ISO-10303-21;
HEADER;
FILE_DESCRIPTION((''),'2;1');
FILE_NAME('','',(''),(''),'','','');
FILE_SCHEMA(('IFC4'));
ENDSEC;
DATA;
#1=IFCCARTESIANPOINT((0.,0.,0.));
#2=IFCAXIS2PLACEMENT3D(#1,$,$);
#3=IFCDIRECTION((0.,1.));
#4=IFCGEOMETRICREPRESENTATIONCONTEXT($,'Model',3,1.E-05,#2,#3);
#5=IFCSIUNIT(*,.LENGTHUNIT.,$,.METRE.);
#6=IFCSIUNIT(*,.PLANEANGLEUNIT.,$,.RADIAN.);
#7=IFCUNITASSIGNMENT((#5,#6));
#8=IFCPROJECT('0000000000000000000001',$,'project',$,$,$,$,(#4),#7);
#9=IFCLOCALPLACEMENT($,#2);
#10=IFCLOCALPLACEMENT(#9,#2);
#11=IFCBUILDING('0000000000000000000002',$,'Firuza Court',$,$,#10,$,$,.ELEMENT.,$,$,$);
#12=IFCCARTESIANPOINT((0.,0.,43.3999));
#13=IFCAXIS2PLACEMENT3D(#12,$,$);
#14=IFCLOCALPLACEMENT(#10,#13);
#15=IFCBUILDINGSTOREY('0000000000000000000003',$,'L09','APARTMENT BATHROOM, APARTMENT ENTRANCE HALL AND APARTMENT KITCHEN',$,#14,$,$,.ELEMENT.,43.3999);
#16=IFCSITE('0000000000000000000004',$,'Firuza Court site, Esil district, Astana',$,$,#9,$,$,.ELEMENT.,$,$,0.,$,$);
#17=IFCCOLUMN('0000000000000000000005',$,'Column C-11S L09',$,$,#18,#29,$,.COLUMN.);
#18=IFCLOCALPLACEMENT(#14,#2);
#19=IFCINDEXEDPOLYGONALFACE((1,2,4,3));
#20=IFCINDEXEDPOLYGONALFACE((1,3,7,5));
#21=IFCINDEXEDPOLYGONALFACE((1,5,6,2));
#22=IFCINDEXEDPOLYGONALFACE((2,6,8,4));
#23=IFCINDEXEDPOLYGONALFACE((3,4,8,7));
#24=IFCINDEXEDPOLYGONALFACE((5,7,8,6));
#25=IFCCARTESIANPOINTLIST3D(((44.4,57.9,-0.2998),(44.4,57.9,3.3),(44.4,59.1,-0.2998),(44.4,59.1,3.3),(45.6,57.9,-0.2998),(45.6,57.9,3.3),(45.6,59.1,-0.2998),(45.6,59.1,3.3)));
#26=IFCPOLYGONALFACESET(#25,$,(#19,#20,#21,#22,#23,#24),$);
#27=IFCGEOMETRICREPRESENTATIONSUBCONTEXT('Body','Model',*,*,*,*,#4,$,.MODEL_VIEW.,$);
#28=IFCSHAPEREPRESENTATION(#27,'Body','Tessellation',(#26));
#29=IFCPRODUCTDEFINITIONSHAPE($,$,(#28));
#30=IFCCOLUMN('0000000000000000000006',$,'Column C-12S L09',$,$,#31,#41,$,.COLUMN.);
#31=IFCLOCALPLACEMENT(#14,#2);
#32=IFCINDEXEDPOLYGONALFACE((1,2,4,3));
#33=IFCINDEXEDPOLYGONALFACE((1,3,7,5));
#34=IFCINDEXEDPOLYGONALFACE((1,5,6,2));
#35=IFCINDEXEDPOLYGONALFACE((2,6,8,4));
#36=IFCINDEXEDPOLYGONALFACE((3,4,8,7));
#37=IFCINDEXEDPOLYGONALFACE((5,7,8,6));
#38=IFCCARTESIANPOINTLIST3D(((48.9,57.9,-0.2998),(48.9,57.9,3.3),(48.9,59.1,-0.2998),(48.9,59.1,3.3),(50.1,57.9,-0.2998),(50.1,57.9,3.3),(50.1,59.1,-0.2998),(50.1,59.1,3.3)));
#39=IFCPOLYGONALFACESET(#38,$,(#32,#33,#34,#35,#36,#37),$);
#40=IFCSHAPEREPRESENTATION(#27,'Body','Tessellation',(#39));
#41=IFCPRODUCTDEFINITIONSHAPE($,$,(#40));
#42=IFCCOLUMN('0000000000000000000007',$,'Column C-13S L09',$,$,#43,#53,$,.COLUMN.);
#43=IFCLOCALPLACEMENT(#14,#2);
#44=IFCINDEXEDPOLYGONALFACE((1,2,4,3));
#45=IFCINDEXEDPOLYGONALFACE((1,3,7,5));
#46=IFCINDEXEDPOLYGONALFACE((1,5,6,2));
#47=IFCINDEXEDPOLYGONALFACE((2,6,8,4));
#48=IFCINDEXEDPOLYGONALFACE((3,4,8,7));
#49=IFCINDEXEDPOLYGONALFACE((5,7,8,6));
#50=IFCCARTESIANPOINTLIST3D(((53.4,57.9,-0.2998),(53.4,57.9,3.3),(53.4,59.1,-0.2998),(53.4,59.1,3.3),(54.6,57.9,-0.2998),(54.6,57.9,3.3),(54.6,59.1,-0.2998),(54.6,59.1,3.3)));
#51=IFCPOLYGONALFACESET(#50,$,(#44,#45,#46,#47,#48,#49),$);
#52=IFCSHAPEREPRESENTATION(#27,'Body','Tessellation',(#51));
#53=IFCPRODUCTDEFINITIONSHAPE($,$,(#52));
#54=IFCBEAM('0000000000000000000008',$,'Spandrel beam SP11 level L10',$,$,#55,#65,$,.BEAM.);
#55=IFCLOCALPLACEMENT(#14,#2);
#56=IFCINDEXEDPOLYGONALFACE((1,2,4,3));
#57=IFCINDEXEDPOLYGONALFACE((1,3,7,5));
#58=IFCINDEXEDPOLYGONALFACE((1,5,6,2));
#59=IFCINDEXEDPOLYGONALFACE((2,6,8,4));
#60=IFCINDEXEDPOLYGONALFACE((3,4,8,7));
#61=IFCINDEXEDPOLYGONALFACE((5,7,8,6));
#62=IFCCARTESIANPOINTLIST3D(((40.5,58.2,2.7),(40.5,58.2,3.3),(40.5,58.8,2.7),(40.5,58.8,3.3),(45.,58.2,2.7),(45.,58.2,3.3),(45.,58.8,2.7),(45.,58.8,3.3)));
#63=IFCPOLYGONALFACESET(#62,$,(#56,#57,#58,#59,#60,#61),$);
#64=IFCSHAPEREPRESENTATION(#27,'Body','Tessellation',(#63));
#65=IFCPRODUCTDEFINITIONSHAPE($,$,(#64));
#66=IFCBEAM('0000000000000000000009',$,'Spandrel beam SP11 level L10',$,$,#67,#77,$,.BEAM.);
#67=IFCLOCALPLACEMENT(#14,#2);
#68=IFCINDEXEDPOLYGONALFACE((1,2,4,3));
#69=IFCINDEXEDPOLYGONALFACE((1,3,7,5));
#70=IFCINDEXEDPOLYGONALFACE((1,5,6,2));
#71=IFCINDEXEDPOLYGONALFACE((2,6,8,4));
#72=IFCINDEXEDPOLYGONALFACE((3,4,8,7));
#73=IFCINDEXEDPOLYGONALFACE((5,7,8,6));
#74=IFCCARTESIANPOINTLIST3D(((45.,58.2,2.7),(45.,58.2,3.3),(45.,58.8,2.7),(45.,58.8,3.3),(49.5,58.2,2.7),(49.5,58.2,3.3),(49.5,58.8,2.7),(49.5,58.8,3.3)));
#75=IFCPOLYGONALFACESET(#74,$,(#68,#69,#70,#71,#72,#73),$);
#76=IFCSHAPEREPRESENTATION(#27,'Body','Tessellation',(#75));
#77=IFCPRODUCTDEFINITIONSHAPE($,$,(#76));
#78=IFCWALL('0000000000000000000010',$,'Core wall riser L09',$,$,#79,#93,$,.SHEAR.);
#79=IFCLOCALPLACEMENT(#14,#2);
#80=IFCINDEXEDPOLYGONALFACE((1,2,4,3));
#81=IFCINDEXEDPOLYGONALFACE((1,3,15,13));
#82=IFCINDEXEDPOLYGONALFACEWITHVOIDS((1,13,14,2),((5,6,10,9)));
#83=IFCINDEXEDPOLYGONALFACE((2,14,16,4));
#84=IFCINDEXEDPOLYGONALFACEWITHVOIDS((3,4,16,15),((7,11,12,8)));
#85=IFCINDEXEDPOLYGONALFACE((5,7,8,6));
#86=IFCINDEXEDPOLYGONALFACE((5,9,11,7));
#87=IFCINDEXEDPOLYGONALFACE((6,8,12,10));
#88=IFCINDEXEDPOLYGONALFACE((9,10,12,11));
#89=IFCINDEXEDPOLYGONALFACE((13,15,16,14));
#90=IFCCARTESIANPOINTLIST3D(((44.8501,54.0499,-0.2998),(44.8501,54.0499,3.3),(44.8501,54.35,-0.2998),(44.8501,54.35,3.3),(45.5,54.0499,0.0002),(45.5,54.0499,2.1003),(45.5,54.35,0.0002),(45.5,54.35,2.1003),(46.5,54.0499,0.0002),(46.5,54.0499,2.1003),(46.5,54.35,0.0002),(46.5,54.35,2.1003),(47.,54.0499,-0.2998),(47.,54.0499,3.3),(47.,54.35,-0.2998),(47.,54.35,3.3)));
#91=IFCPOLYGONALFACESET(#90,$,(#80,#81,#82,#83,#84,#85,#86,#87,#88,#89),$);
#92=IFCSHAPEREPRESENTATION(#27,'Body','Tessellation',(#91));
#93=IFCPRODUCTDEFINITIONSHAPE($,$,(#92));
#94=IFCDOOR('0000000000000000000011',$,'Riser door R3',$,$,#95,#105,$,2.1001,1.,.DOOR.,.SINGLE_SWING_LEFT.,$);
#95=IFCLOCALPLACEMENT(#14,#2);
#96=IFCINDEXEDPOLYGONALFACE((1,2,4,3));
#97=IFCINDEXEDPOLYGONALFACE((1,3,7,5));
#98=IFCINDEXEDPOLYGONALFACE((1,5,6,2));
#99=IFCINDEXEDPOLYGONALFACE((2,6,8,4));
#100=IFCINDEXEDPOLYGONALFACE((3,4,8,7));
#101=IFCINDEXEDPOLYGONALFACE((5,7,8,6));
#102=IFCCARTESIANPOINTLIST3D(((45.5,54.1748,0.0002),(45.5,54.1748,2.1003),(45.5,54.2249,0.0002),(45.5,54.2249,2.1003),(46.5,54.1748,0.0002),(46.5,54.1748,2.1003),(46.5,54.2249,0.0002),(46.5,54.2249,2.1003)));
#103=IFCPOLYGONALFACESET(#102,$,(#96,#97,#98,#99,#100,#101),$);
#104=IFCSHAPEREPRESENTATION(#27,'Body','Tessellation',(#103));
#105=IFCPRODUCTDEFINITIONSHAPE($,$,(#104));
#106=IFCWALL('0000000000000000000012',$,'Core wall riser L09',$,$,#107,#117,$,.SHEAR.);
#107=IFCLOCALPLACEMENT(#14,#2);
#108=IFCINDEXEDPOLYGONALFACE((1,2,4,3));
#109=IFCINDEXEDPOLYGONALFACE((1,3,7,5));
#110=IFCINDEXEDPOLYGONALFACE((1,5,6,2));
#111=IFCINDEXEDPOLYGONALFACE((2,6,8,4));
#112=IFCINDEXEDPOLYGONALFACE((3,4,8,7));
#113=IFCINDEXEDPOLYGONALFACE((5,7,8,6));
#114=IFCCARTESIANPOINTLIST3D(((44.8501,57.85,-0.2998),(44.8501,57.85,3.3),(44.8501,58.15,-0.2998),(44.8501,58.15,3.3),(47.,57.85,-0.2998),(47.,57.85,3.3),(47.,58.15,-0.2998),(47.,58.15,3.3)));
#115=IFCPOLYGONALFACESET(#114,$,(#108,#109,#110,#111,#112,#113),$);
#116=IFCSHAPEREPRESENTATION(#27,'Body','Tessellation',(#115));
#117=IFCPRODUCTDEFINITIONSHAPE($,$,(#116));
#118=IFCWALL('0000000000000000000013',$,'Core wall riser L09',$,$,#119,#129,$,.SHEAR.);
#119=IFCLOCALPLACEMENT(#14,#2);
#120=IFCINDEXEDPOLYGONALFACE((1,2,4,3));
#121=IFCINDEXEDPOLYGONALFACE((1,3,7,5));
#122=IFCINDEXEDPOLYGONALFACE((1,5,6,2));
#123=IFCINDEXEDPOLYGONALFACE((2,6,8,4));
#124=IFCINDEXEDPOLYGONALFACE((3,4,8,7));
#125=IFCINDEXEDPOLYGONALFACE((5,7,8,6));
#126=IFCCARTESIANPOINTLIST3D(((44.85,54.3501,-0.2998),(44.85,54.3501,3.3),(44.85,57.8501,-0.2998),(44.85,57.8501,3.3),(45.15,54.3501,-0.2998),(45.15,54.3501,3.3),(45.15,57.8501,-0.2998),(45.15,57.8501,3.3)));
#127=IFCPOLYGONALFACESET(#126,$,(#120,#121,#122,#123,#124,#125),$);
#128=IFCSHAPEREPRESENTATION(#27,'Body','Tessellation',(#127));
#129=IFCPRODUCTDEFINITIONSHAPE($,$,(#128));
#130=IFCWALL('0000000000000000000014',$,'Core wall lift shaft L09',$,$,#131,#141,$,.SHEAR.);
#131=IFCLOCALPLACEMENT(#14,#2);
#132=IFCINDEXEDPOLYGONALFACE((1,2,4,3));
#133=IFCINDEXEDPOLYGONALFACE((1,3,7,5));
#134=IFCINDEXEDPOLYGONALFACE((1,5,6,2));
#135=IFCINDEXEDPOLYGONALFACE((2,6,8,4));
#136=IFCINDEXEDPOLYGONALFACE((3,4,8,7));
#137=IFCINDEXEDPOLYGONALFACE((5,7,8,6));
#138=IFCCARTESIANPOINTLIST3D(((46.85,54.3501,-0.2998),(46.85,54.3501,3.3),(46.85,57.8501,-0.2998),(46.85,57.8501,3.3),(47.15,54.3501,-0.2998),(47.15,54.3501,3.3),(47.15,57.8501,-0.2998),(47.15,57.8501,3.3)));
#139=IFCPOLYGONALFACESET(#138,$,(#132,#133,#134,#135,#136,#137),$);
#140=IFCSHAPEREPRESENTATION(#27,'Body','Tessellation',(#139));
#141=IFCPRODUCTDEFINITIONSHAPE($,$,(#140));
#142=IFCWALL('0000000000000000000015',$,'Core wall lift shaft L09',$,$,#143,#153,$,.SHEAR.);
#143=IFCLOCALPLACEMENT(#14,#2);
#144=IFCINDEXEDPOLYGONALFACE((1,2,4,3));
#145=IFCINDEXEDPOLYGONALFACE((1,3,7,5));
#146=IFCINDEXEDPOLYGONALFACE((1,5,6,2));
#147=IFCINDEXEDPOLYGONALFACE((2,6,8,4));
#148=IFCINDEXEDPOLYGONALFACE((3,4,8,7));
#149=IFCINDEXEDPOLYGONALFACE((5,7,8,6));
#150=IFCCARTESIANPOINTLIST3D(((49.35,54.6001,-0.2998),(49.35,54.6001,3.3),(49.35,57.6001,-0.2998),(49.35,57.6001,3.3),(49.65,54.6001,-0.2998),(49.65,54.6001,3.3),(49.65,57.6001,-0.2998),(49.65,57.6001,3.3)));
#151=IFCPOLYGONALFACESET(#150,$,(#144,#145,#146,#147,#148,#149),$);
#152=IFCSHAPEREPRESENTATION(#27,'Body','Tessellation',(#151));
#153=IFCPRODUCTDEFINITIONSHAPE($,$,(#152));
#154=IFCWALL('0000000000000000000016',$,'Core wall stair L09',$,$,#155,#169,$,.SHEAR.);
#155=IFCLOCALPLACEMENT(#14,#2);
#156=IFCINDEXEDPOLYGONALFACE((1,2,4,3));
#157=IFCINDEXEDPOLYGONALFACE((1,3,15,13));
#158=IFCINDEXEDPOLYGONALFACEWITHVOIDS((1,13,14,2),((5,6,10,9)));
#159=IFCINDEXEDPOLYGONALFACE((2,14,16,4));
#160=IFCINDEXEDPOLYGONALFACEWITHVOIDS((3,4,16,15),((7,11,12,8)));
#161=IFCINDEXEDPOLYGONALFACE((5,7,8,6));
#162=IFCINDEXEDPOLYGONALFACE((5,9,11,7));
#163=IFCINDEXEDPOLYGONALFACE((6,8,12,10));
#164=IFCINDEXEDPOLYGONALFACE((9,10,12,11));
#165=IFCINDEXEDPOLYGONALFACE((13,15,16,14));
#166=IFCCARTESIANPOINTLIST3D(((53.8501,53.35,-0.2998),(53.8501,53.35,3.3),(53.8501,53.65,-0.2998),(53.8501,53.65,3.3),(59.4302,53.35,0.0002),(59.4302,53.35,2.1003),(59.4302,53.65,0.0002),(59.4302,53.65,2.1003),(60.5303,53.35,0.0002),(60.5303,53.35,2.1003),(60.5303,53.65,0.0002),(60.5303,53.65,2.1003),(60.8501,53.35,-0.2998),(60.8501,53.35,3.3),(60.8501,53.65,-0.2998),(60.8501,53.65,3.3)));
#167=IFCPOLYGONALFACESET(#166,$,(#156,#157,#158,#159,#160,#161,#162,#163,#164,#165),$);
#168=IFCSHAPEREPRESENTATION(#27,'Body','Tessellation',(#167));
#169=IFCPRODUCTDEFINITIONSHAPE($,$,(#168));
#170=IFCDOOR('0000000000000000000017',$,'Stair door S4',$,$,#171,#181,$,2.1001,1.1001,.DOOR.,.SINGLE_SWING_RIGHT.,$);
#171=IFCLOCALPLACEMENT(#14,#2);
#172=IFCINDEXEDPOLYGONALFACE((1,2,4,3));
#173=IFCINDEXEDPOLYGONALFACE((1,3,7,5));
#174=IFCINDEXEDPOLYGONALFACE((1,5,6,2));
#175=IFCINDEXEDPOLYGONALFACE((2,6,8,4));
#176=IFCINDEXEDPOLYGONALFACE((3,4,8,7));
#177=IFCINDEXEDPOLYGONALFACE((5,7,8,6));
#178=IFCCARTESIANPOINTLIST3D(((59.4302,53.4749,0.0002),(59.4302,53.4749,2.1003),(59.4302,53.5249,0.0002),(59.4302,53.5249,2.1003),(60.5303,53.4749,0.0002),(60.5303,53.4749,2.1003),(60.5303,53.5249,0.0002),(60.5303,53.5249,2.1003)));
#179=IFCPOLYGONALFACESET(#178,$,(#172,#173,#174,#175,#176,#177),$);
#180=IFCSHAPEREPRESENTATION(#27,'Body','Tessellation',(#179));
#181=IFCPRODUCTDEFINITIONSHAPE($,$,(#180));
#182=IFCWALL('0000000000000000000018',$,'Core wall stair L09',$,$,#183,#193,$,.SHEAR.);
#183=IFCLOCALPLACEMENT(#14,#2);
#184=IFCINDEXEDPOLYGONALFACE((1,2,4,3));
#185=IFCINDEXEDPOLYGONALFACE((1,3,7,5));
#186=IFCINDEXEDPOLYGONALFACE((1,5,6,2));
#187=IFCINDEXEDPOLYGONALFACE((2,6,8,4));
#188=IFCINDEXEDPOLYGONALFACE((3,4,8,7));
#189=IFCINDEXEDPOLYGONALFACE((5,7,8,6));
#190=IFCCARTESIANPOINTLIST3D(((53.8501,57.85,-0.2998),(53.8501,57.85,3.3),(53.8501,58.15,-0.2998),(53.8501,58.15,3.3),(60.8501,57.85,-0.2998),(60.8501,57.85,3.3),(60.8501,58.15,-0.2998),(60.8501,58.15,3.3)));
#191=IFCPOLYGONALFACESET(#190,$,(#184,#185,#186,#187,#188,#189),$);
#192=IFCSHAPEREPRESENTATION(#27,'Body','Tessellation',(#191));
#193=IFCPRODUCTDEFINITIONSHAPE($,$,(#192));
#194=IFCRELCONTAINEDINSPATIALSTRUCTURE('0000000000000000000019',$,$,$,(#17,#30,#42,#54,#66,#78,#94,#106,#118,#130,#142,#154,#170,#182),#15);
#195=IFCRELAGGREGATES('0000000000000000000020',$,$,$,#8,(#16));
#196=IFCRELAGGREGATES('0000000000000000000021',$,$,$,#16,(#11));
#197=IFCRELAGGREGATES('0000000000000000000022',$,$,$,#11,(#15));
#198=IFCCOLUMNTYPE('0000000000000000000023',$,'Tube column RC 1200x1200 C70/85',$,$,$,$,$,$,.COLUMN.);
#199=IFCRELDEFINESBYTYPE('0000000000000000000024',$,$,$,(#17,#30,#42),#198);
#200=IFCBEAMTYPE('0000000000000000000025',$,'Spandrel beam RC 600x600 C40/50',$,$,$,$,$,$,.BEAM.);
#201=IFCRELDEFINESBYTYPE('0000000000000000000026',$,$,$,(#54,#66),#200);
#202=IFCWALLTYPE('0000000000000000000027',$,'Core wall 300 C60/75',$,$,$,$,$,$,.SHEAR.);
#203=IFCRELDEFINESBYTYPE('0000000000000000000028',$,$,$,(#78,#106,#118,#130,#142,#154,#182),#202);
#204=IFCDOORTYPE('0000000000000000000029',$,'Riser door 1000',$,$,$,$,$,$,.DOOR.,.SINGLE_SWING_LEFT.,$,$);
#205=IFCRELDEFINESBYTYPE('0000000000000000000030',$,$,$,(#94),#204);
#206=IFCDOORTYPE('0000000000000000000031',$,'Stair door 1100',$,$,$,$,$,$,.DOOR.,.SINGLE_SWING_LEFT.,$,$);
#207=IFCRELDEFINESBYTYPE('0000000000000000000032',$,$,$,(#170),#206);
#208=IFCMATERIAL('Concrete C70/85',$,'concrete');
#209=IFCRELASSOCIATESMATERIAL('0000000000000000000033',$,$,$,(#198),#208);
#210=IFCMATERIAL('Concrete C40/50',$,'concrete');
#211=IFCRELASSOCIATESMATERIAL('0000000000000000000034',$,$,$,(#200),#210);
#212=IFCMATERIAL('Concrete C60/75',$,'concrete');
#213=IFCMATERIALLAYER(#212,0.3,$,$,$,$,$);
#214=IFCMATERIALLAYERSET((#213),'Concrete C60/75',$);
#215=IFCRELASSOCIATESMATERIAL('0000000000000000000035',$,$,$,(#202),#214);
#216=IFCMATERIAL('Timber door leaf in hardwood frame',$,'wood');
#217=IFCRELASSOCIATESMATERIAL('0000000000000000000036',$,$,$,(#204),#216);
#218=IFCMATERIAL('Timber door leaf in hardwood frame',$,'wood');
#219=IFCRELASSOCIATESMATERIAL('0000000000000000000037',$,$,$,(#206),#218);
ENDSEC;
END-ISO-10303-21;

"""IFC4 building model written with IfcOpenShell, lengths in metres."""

from ifc_helpers import new_model, si_unit, direction, frame, frame_2d, origin, origin_2d, place, context, subcontext, project, spatial, rectangle, extrude, material, layer, layer_set, material_profile, profile_set, type_object, element, fill, save


model = new_model("IFC4")

# Units and contexts
model_context = context("Model", 3, precision=1e-05, world=origin(), true_north=direction((0.0, 1.0)))
body_context = subcontext(model_context, "Body", "Model", "MODEL_VIEW")
ifc_project = project(units=[si_unit("LENGTHUNIT", "METRE"), si_unit("PLANEANGLEUNIT", "RADIAN")], contexts=[model_context])

# Site, building, storey
site_placement = place(None, origin())
site = spatial("IfcSite", under=ifc_project, at=site_placement, Name="Firuza Court site, Esil district, Astana", CompositionType="ELEMENT", RefElevation=0.0)
building_placement = place(site_placement, origin())
building = spatial("IfcBuilding", under=site, at=building_placement, Name="Firuza Court", CompositionType="ELEMENT")
storey_placement = place(building_placement, frame((0.0, 0.0, 43.3999)))
storey = spatial("IfcBuildingStorey", under=building, at=storey_placement, Name="L09", Description="APARTMENT BATHROOM, APARTMENT ENTRANCE HALL AND APARTMENT KITCHEN", CompositionType="ELEMENT", Elevation=43.3999)

# Columns
ifc_material_1 = material(Name="Concrete C70/85", Category="concrete")
ifc_material_profile_1 = material_profile(ifc_material_1, rectangle(XDim=1.2, YDim=1.2, at=origin_2d()), Name="RC 1200x1200")
ifc_profile_set_1 = profile_set([ifc_material_profile_1], Name="Concrete C70/85")
column_type = type_object("IfcColumnType", Name="Tube column RC 1200x1200 C70/85", PredefinedType="COLUMN", material=ifc_profile_set_1)
for number, where, z_axis, x_axis, name in (
    (1, (45.0, 58.5, -0.2998), (0.0, 0.0, 1.0), (1.0, 0.0, 0.0), "Column C-11S L09"),
    (2, (49.5, 58.5, -0.2998), (0.0, 0.0, 1.0), (1.0, 0.0, 0.0), "Column C-12S L09"),
    (3, (54.0, 58.5, -0.2998), (0.0, 0.0, 1.0), (1.0, 0.0, 0.0), "Column C-13S L09"),
):
    element("IfcColumn", number, at=place(storey_placement, frame(where, z_axis=z_axis, x_axis=x_axis)), inside=storey, type_object=column_type, Name=name, PredefinedType="COLUMN", context=body_context, shape_type="SweptSolid", body=[
        extrude(rectangle(XDim=1.2, YDim=1.2, at=origin_2d()), origin(), (0.0, 0.0, 1.0), 3.5999),
    ])

# Beams
ifc_material_2 = material(Name="Concrete C40/50", Category="concrete")
ifc_material_profile_2 = material_profile(ifc_material_2, rectangle(XDim=0.6001, YDim=0.6001, at=origin_2d()), Name="RC 600x600")
ifc_profile_set_2 = profile_set([ifc_material_profile_2], Name="Concrete C40/50")
beam_type = type_object("IfcBeamType", Name="Spandrel beam RC 600x600 C40/50", PredefinedType="BEAM", material=ifc_profile_set_2)
for number, where, z_axis, x_axis, name in (
    (4, (45.0, 58.5, 3.0), (-1.0, 0.0, 0.0), (0.0, -1.0, 0.0), "Spandrel beam SP11 level L10"),
    (5, (49.5, 58.5, 3.0), (-1.0, 0.0, 0.0), (0.0, -1.0, 0.0), "Spandrel beam SP11 level L10"),
):
    element("IfcBeam", number, at=place(storey_placement, frame(where, z_axis=z_axis, x_axis=x_axis)), inside=storey, type_object=beam_type, Name=name, PredefinedType="BEAM", context=body_context, shape_type="SweptSolid", body=[
        extrude(rectangle(XDim=0.6001, YDim=0.6001, at=origin_2d()), origin(), (0.0, 0.0, 1.0), 4.5),
    ])

# Wall, opening, door
ifc_material_3 = material(Name="Concrete C60/75", Category="concrete")
ifc_layer_1 = layer(ifc_material_3, 0.3)
ifc_layer_set_1 = layer_set([ifc_layer_1], Name="Concrete C60/75")
wall_type_1 = type_object("IfcWallType", Name="Core wall 300 C60/75", PredefinedType="SHEAR", material=ifc_layer_set_1)
wall_1_placement = place(storey_placement, frame((44.8501, 54.2, -0.2998), z_axis=(0.0, 0.0, 1.0), x_axis=(1.0, 0.0, 0.0)))
wall_1 = element("IfcWall", 6, at=wall_1_placement, inside=storey, type_object=wall_type_1, Name="Core wall riser L09", PredefinedType="SHEAR", context=body_context, shape_type="SweptSolid", body=[
    extrude(rectangle(XDim=2.1499, YDim=0.3, at=frame_2d((1.075, 0.0))), origin(), (0.0, 0.0, 1.0), 3.5999),
])
opening_1_placement = place(wall_1_placement, frame((0.6499, 0.0, 0.3)))
opening_1 = element("IfcOpeningElement", 7, at=opening_1_placement, cuts=wall_1, PredefinedType="OPENING", context=body_context, shape_type="SweptSolid", body=[
    extrude(rectangle(XDim=1.0, YDim=2.1001, at=frame_2d((0.5, 1.05))), frame((0.0, 0.1621, 0.0), z_axis=(0.0, -1.0, 0.0), x_axis=(1.0, 0.0, 0.0)), (0.0, 0.0, 1.0), 0.324),
])
ifc_material_4 = material(Name="Timber door leaf in hardwood frame", Category="wood")
door_type_1 = type_object("IfcDoorType", Name="Riser door 1000", OperationType="SINGLE_SWING_LEFT", PredefinedType="DOOR", material=ifc_material_4)
door_1_placement = place(opening_1_placement, origin())
door_1 = element("IfcDoor", 8, at=door_1_placement, inside=storey, type_object=door_type_1, Name="Riser door R3", OperationType="SINGLE_SWING_LEFT", OverallHeight=2.1001, OverallWidth=1.0, PredefinedType="DOOR", context=body_context, shape_type="SweptSolid", body=[
    extrude(rectangle(XDim=1.0, YDim=2.1001, at=frame_2d((0.5, 1.05))), frame((0.0, 0.0249, 0.0), z_axis=(0.0, -1.0, 0.0), x_axis=(1.0, 0.0, 0.0)), (0.0, 0.0, 1.0), 0.05),
])
fill(opening_1, door_1)

# Walls
wall_2_placement = place(storey_placement, frame((44.8501, 58.0, -0.2998), z_axis=(0.0, 0.0, 1.0), x_axis=(1.0, 0.0, 0.0)))
element("IfcWall", 9, at=wall_2_placement, inside=storey, type_object=wall_type_1, Name="Core wall riser L09", PredefinedType="SHEAR", context=body_context, shape_type="SweptSolid", body=[
    extrude(rectangle(XDim=2.1499, YDim=0.3, at=frame_2d((1.075, 0.0))), origin(), (0.0, 0.0, 1.0), 3.5999),
])
for number, where, z_axis, x_axis, name in (
    (10, (45.0, 54.3501, -0.2998), (0.0, 0.0, 1.0), (0.0, 1.0, 0.0), "Core wall riser L09"),
    (11, (47.0, 54.3501, -0.2998), (0.0, 0.0, 1.0), (0.0, 1.0, 0.0), "Core wall lift shaft L09"),
):
    element("IfcWall", number, at=place(storey_placement, frame(where, z_axis=z_axis, x_axis=x_axis)), inside=storey, type_object=wall_type_1, Name=name, PredefinedType="SHEAR", context=body_context, shape_type="SweptSolid", body=[
        extrude(rectangle(XDim=3.5, YDim=0.3, at=frame_2d((1.75, 0.0))), origin(), (0.0, 0.0, 1.0), 3.5999),
    ])
wall_3_placement = place(storey_placement, frame((49.5, 54.6001, -0.2998), z_axis=(0.0, 0.0, 1.0), x_axis=(0.0, 1.0, 0.0)))
element("IfcWall", 12, at=wall_3_placement, inside=storey, type_object=wall_type_1, Name="Core wall lift shaft L09", PredefinedType="SHEAR", context=body_context, shape_type="SweptSolid", body=[
    extrude(rectangle(XDim=3.0, YDim=0.3, at=frame_2d((1.5, 0.0))), origin(), (0.0, 0.0, 1.0), 3.5999),
])

# Wall, opening, door
wall_4_placement = place(storey_placement, frame((53.8501, 53.5, -0.2998), z_axis=(0.0, 0.0, 1.0), x_axis=(1.0, 0.0, 0.0)))
wall_4 = element("IfcWall", 13, at=wall_4_placement, inside=storey, type_object=wall_type_1, Name="Core wall stair L09", PredefinedType="SHEAR", context=body_context, shape_type="SweptSolid", body=[
    extrude(rectangle(XDim=7.0, YDim=0.3, at=frame_2d((3.5, 0.0))), origin(), (0.0, 0.0, 1.0), 3.5999),
])
opening_2_placement = place(wall_4_placement, frame((5.5801, 0.0, 0.3)))
opening_2 = element("IfcOpeningElement", 14, at=opening_2_placement, cuts=wall_4, PredefinedType="OPENING", context=body_context, shape_type="SweptSolid", body=[
    extrude(rectangle(XDim=1.1001, YDim=2.1001, at=frame_2d((0.55, 1.05))), frame((0.0, 0.1621, 0.0), z_axis=(0.0, -1.0, 0.0), x_axis=(1.0, 0.0, 0.0)), (0.0, 0.0, 1.0), 0.324),
])
ifc_material_5 = material(Name="Timber door leaf in hardwood frame", Category="wood")
door_type_2 = type_object("IfcDoorType", Name="Stair door 1100", OperationType="SINGLE_SWING_LEFT", PredefinedType="DOOR", material=ifc_material_5)
door_2_placement = place(opening_2_placement, origin())
door_2 = element("IfcDoor", 15, at=door_2_placement, inside=storey, type_object=door_type_2, Name="Stair door S4", OperationType="SINGLE_SWING_RIGHT", OverallHeight=2.1001, OverallWidth=1.1001, PredefinedType="DOOR", context=body_context, shape_type="SweptSolid", body=[
    extrude(rectangle(XDim=1.1001, YDim=2.1001, at=frame_2d((0.55, 1.05))), frame((0.0, 0.0249, 0.0), z_axis=(0.0, -1.0, 0.0), x_axis=(1.0, 0.0, 0.0)), (0.0, 0.0, 1.0), 0.05),
])
fill(opening_2, door_2)

# Wall
wall_5_placement = place(storey_placement, frame((53.8501, 58.0, -0.2998), z_axis=(0.0, 0.0, 1.0), x_axis=(1.0, 0.0, 0.0)))
element("IfcWall", 16, at=wall_5_placement, inside=storey, type_object=wall_type_1, Name="Core wall stair L09", PredefinedType="SHEAR", context=body_context, shape_type="SweptSolid", body=[
    extrude(rectangle(XDim=7.0, YDim=0.3, at=frame_2d((3.5, 0.0))), origin(), (0.0, 0.0, 1.0), 3.5999),
])

save(model, "model.ifc")
